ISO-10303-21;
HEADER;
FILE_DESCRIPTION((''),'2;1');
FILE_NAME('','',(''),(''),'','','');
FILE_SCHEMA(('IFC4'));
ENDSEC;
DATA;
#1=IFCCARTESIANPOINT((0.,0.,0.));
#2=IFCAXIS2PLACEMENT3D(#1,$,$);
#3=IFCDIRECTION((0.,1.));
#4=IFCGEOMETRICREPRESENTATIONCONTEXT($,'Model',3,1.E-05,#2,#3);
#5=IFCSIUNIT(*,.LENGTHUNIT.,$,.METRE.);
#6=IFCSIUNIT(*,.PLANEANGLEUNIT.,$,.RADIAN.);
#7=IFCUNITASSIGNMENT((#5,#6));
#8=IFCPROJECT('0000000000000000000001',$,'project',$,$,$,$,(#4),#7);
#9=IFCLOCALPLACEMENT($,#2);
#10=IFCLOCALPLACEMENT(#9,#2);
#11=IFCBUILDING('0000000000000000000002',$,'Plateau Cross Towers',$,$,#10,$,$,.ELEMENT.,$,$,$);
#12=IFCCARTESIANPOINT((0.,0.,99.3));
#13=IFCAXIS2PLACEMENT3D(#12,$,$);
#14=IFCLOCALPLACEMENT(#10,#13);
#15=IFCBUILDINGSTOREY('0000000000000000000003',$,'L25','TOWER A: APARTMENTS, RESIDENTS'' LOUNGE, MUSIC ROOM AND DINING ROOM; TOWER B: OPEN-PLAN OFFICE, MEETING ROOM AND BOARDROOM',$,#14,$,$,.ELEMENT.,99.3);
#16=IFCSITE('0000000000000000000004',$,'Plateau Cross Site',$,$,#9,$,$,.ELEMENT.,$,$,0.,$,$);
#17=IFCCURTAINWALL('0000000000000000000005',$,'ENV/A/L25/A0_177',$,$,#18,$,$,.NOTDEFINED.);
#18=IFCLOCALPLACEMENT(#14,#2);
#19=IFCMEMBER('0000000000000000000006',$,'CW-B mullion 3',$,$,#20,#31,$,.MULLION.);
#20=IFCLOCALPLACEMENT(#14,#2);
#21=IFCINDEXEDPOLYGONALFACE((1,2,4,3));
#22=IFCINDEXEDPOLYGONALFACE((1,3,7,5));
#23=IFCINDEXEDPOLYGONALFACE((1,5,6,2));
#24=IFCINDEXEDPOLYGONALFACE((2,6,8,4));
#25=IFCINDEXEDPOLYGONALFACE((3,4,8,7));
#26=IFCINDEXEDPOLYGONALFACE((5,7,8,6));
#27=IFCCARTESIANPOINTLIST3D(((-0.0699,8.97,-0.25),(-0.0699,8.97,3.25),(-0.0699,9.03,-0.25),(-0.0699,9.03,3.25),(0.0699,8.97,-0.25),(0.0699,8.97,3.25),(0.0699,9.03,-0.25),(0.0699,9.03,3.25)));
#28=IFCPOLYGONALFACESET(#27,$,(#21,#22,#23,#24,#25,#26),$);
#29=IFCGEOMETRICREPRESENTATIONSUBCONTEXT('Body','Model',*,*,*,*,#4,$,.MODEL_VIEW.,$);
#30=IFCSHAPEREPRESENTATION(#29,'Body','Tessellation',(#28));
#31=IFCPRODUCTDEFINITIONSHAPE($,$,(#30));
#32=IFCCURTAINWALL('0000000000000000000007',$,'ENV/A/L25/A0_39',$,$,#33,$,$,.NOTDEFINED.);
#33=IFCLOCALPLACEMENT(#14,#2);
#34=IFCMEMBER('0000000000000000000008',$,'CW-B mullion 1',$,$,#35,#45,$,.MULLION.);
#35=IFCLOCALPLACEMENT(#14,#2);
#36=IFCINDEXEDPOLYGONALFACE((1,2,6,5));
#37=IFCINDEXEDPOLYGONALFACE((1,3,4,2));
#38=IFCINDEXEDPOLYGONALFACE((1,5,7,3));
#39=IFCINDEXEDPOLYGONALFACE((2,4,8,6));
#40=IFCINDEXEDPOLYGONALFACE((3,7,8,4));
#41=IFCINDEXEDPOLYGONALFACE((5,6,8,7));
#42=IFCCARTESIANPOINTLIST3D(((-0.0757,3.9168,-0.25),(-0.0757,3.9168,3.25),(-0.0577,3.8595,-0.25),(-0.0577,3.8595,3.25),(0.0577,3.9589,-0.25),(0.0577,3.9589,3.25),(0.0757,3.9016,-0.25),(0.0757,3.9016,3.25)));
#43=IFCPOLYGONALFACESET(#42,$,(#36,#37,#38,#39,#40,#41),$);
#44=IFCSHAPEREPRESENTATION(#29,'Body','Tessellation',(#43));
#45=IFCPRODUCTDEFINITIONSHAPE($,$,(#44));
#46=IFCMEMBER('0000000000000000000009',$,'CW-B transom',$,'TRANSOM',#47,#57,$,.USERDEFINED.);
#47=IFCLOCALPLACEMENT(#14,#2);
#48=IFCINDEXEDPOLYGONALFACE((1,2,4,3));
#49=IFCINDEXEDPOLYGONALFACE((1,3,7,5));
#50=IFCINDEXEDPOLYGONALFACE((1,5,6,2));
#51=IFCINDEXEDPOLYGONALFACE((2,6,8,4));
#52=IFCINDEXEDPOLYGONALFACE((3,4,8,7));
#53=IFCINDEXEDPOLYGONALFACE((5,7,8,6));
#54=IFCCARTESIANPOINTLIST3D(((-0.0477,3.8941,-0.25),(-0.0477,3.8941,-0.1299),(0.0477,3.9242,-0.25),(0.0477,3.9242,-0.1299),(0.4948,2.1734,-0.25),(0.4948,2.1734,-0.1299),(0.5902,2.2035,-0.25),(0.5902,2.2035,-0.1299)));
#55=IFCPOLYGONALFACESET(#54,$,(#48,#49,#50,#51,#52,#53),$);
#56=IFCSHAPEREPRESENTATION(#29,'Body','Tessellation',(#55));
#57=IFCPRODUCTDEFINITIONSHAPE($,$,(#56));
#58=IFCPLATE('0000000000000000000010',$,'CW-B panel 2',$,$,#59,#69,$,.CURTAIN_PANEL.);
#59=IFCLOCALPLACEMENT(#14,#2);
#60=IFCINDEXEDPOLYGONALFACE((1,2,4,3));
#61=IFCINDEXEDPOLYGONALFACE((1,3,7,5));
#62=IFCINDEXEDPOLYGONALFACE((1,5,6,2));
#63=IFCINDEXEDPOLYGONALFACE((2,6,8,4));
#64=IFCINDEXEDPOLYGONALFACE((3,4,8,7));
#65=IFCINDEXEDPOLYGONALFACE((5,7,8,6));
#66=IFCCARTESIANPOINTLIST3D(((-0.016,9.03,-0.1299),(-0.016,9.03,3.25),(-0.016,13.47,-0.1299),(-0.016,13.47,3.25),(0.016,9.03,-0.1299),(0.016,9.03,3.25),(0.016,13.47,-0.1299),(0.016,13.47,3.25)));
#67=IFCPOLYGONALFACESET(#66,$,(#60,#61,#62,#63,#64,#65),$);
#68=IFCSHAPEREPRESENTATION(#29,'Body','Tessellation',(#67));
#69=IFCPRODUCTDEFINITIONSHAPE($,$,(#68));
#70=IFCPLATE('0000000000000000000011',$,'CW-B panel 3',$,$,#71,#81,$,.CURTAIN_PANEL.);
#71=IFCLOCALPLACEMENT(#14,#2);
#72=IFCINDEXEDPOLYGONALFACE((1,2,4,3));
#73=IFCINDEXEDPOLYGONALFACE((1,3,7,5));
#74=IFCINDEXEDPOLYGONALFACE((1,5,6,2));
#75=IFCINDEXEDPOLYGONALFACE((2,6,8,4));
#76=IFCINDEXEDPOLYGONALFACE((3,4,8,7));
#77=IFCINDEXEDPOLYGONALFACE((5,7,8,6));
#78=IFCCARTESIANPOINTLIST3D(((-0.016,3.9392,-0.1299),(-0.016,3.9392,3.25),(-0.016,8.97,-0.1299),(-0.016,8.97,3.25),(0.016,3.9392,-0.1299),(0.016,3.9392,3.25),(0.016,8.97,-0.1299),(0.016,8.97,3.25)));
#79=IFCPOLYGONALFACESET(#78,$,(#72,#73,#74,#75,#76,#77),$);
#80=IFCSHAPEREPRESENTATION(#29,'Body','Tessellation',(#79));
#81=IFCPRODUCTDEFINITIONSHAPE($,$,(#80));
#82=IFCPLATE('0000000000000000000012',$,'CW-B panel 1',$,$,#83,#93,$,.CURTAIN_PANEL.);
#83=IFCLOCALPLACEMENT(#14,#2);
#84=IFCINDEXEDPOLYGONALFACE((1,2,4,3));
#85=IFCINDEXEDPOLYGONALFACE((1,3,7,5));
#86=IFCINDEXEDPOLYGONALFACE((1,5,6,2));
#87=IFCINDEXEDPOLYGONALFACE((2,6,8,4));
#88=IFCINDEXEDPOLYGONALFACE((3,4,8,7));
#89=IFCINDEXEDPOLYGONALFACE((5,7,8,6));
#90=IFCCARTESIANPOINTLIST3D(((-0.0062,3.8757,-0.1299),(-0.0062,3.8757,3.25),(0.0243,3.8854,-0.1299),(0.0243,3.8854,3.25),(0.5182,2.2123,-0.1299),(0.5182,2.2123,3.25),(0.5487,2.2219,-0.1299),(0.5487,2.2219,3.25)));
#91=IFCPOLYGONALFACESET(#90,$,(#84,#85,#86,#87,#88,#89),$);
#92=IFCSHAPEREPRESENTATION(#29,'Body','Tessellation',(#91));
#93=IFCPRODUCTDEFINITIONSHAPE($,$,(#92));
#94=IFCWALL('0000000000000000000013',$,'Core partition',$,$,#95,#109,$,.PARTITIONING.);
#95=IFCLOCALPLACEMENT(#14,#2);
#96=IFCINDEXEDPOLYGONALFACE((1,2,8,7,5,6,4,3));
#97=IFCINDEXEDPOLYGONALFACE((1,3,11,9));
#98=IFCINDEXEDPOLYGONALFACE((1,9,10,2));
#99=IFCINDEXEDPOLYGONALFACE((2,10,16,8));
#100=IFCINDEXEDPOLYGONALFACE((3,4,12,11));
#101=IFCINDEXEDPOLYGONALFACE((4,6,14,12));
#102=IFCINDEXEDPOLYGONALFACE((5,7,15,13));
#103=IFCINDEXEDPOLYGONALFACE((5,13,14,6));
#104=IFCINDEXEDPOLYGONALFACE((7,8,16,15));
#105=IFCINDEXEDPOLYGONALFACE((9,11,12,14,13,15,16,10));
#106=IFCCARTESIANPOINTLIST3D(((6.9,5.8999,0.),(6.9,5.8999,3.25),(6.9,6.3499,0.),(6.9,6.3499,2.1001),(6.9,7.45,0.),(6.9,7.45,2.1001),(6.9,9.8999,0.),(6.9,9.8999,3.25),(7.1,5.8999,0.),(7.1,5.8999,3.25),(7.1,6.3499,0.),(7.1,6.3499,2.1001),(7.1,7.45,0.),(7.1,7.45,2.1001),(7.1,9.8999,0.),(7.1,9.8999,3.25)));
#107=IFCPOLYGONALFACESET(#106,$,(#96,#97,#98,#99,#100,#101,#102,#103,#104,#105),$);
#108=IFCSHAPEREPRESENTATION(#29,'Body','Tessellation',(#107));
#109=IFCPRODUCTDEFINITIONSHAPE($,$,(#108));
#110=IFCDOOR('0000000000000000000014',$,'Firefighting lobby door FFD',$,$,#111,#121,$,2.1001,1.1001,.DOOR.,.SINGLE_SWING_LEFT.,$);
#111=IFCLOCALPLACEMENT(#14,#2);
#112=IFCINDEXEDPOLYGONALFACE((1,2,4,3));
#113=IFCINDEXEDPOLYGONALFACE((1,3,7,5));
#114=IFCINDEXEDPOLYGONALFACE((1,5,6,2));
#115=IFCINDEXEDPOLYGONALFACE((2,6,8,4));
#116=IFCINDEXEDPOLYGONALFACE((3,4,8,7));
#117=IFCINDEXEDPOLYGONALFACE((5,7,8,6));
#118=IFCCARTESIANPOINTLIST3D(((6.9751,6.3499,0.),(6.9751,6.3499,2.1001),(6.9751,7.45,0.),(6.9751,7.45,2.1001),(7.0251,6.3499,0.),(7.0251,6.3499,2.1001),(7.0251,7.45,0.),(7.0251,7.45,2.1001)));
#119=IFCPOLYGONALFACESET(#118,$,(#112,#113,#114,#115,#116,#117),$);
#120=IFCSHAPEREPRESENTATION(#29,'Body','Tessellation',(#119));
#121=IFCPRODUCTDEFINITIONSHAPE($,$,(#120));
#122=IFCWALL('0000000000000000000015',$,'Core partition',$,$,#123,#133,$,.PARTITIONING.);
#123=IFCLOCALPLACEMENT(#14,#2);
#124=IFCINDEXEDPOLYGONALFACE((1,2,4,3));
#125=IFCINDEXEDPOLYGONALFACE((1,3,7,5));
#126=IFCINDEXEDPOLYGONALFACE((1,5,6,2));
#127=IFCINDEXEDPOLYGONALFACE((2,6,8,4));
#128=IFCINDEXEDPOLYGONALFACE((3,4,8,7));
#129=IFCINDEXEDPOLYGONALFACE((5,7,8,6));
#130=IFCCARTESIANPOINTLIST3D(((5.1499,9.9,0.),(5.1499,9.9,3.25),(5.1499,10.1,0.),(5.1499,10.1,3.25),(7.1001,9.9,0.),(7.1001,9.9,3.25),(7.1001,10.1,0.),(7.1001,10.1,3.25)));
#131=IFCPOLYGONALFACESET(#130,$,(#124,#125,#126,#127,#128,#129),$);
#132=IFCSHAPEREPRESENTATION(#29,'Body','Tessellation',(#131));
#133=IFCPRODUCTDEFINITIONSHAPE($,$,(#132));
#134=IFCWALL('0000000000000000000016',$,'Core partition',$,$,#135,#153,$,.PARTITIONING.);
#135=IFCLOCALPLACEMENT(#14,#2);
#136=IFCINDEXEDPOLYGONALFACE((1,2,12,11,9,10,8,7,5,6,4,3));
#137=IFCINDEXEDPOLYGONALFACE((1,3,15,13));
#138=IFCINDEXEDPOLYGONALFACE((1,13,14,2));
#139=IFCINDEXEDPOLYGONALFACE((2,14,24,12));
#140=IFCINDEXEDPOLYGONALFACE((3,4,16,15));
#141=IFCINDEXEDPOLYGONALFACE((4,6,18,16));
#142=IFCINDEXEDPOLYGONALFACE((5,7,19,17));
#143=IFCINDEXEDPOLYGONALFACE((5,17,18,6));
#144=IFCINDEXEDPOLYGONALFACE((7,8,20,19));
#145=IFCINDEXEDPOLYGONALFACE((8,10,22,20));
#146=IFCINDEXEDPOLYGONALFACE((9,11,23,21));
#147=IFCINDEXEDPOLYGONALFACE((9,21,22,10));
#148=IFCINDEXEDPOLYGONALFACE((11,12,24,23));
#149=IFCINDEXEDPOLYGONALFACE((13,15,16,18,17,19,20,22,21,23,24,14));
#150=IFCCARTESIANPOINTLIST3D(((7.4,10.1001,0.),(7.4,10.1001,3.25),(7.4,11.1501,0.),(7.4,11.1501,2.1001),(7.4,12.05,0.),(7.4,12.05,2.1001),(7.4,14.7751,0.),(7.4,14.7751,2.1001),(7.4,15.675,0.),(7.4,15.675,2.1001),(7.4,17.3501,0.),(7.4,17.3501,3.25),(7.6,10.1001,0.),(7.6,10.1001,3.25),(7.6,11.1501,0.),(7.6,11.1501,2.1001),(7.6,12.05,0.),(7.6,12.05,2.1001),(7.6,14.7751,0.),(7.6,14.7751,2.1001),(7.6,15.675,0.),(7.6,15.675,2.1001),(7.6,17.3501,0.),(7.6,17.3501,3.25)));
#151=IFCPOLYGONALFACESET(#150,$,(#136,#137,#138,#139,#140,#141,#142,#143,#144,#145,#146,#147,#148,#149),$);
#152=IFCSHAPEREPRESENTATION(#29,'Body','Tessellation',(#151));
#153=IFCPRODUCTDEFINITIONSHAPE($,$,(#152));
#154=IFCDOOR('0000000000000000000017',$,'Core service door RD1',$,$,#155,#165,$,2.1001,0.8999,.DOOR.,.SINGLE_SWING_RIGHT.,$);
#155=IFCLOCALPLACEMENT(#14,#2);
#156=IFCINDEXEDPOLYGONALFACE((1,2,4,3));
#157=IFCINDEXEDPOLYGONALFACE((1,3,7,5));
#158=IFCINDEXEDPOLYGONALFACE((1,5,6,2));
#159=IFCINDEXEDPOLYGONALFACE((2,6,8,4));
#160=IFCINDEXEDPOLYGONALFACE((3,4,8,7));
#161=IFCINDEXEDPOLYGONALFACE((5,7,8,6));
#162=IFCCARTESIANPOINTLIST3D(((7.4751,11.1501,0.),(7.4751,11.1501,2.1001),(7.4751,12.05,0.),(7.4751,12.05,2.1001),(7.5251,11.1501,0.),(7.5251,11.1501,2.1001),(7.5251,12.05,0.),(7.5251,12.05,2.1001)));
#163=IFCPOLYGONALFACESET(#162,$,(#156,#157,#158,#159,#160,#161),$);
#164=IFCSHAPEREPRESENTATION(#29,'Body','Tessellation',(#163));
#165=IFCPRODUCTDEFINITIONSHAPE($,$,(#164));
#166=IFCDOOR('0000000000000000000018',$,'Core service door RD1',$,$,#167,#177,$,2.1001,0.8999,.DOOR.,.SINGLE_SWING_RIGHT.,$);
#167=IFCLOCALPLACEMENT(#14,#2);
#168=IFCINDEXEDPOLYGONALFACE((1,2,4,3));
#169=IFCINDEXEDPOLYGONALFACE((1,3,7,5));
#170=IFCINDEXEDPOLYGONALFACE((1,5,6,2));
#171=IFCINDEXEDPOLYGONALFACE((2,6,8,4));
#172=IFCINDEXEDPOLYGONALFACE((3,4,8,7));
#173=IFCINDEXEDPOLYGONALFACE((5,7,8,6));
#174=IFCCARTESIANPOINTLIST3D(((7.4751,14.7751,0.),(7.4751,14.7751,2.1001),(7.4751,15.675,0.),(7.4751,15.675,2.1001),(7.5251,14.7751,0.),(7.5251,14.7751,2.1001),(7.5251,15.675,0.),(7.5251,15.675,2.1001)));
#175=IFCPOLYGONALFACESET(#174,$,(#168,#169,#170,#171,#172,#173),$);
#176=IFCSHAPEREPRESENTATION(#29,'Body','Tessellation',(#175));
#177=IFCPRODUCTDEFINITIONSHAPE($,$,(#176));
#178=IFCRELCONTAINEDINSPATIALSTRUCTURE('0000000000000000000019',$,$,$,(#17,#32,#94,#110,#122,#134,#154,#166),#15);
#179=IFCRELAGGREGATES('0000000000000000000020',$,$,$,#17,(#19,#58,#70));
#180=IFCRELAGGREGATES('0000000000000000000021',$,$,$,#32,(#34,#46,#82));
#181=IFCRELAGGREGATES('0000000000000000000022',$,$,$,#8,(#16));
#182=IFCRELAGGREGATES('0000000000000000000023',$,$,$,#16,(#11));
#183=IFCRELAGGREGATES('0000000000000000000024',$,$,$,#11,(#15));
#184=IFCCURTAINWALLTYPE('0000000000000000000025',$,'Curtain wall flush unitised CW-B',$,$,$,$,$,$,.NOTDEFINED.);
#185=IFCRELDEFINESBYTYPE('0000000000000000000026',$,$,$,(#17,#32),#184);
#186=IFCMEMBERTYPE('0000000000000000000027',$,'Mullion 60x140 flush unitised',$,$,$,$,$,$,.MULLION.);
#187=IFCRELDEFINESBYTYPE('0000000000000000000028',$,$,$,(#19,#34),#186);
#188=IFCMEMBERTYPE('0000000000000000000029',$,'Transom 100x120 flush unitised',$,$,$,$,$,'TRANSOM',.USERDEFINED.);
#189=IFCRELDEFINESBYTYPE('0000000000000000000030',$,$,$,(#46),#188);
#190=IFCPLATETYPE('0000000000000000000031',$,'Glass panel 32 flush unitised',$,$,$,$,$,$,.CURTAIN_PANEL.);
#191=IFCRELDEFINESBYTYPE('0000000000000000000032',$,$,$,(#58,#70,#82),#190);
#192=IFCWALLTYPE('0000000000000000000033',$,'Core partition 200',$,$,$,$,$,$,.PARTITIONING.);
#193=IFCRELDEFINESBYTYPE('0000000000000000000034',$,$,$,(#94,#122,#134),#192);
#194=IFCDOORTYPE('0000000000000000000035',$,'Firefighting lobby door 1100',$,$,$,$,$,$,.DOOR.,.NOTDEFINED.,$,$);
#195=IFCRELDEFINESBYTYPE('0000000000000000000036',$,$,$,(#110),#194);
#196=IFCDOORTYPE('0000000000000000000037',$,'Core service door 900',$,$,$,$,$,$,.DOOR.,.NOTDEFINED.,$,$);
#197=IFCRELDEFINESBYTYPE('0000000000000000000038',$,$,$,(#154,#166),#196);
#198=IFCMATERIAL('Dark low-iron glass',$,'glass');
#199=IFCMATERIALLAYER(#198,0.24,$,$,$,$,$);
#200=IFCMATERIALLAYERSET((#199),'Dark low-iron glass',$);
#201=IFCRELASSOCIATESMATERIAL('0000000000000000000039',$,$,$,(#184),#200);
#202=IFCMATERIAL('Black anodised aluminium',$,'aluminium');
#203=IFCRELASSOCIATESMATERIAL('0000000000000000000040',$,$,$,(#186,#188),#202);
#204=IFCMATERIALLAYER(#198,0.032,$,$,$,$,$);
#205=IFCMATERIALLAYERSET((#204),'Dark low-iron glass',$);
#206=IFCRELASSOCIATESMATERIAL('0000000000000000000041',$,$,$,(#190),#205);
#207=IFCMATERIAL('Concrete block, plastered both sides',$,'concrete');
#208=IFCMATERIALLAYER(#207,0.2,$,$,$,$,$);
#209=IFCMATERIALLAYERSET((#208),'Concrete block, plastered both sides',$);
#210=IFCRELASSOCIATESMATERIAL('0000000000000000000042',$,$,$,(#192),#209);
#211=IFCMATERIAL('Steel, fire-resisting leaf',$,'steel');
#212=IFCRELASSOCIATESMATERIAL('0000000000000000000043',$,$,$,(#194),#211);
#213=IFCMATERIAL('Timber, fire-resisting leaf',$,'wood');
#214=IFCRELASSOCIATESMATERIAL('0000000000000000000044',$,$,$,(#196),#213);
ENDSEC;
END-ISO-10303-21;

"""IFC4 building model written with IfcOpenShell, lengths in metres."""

from ifc_helpers import new_model, si_unit, direction, frame, frame_2d, origin, origin_2d, place, context, subcontext, project, spatial, rectangle, extrude, material, layer, layer_set, material_profile, profile_set, type_object, element, fill, aggregate, save


model = new_model("IFC4")

# Units and contexts
model_context = context("Model", 3, precision=1e-05, world=origin(), true_north=direction((0.0, 1.0)))
body_context = subcontext(model_context, "Body", "Model", "MODEL_VIEW")
ifc_project = project(units=[si_unit("LENGTHUNIT", "METRE"), si_unit("PLANEANGLEUNIT", "RADIAN")], contexts=[model_context])

# Site, building, storey
site_placement = place(None, origin())
site = spatial("IfcSite", under=ifc_project, at=site_placement, Name="Plateau Cross Site", CompositionType="ELEMENT", RefElevation=0.0)
building_placement = place(site_placement, origin())
building = spatial("IfcBuilding", under=site, at=building_placement, Name="Plateau Cross Towers", CompositionType="ELEMENT")
storey_placement = place(building_placement, frame((0.0, 0.0, 99.3)))
storey = spatial("IfcBuildingStorey", under=building, at=storey_placement, Name="L25", Description="TOWER A: APARTMENTS, RESIDENTS' LOUNGE, MUSIC ROOM AND DINING ROOM; TOWER B: OPEN-PLAN OFFICE, MEETING ROOM AND BOARDROOM", CompositionType="ELEMENT", Elevation=99.3)

# Curtain wall, member
ifc_material_1 = material(Name="Dark low-iron glass", Category="glass")
ifc_layer_1 = layer(ifc_material_1, 0.24)
ifc_layer_set_1 = layer_set([ifc_layer_1], Name="Dark low-iron glass")
curtain_wall_type = type_object("IfcCurtainWallType", Name="Curtain wall flush unitised CW-B", PredefinedType="NOTDEFINED", material=ifc_layer_set_1)
curtain_wall_1_placement = place(storey_placement, origin())
curtain_wall_1 = element("IfcCurtainWall", 1, at=curtain_wall_1_placement, inside=storey, type_object=curtain_wall_type, Name="ENV/A/L25/A0_177", PredefinedType="NOTDEFINED")
ifc_material_2 = material(Name="Black anodised aluminium", Category="aluminium")
ifc_material_profile_1 = material_profile(ifc_material_2, rectangle(XDim=0.0601, YDim=0.1399, at=origin_2d()), Name="MULLION 60x140")
ifc_profile_set_1 = profile_set([ifc_material_profile_1], Name="Black anodised aluminium")
member_type_1 = type_object("IfcMemberType", Name="Mullion 60x140 flush unitised", PredefinedType="MULLION", material=ifc_profile_set_1)
member_1_placement = place(storey_placement, frame((0.0, 9.0, -0.25), z_axis=(0.0, 0.0, 1.0), x_axis=(0.0, -1.0, 0.0)))
member_1 = element("IfcMember", 2, at=member_1_placement, type_object=member_type_1, Name="CW-B mullion 3", PredefinedType="MULLION", context=body_context, shape_type="SweptSolid", body=[
    extrude(rectangle(XDim=0.0601, YDim=0.1399, at=origin_2d()), origin(), (0.0, 0.0, 1.0), 3.5),
])

# Curtain wall, members
curtain_wall_2_placement = place(storey_placement, origin())
curtain_wall_2 = element("IfcCurtainWall", 3, at=curtain_wall_2_placement, inside=storey, type_object=curtain_wall_type, Name="ENV/A/L25/A0_39", PredefinedType="NOTDEFINED")
member_2_placement = place(storey_placement, frame((0.0, 3.9092, -0.25), z_axis=(0.0, 0.0, 1.0), x_axis=(0.300686, -0.953723, 0.0)))
member_2 = element("IfcMember", 4, at=member_2_placement, type_object=member_type_1, Name="CW-B mullion 1", PredefinedType="MULLION", context=body_context, shape_type="SweptSolid", body=[
    extrude(rectangle(XDim=0.0601, YDim=0.1399, at=origin_2d()), origin(), (0.0, 0.0, 1.0), 3.5),
])
ifc_material_profile_2 = material_profile(ifc_material_2, rectangle(XDim=0.1001, YDim=0.1201, at=origin_2d()), Name="TRANSOM 100x120")
ifc_profile_set_2 = profile_set([ifc_material_profile_2], Name="Black anodised aluminium")
member_type_2 = type_object("IfcMemberType", Name="Transom 100x120 flush unitised", ElementType="TRANSOM", PredefinedType="USERDEFINED", material=ifc_profile_set_2)
member_3_placement = place(storey_placement, frame((0.0, 3.9092, -0.1899), z_axis=(0.300678, -0.953726, 0.0), x_axis=(0.953726, 0.300678, 0.0)))
member_3 = element("IfcMember", 5, at=member_3_placement, type_object=member_type_2, Name="CW-B transom", ObjectType="TRANSOM", PredefinedType="USERDEFINED", context=body_context, shape_type="SweptSolid", body=[
    extrude(rectangle(XDim=0.1001, YDim=0.1201, at=origin_2d()), origin(), (0.0, 0.0, 1.0), 1.8042),
])

# Plates
ifc_layer_2 = layer(ifc_material_1, 0.032)
ifc_layer_set_2 = layer_set([ifc_layer_2], Name="Dark low-iron glass")
plate_type = type_object("IfcPlateType", Name="Glass panel 32 flush unitised", PredefinedType="CURTAIN_PANEL", material=ifc_layer_set_2)
plate_1_placement = place(storey_placement, frame((0.0, 11.25, -0.1299), z_axis=(0.0, 0.0, 1.0), x_axis=(0.0, -1.0, 0.0)))
plate_1 = element("IfcPlate", 6, at=plate_1_placement, type_object=plate_type, Name="CW-B panel 2", PredefinedType="CURTAIN_PANEL", context=body_context, shape_type="SweptSolid", body=[
    extrude(rectangle(XDim=4.4399, YDim=0.032, at=origin_2d()), origin(), (0.0, 0.0, 1.0), 3.3799),
])
plate_2_placement = place(storey_placement, frame((0.0, 6.4546, -0.1299), z_axis=(0.0, 0.0, 1.0), x_axis=(0.0, -1.0, 0.0)))
plate_2 = element("IfcPlate", 7, at=plate_2_placement, type_object=plate_type, Name="CW-B panel 3", PredefinedType="CURTAIN_PANEL", context=body_context, shape_type="SweptSolid", body=[
    extrude(rectangle(XDim=5.0308, YDim=0.032, at=origin_2d()), origin(), (0.0, 0.0, 1.0), 3.3799),
])
aggregate(curtain_wall_1, [member_1, plate_1, plate_2])
plate_3_placement = place(storey_placement, frame((0.2712, 3.0488, -0.1299), z_axis=(0.0, 0.0, 1.0), x_axis=(0.300686, -0.953723, 0.0)))
plate_3 = element("IfcPlate", 8, at=plate_3_placement, type_object=plate_type, Name="CW-B panel 1", PredefinedType="CURTAIN_PANEL", context=body_context, shape_type="SweptSolid", body=[
    extrude(rectangle(XDim=1.7441, YDim=0.032, at=origin_2d()), origin(), (0.0, 0.0, 1.0), 3.3799),
])
aggregate(curtain_wall_2, [member_2, member_3, plate_3])

# Wall, opening, door
ifc_material_3 = material(Name="Concrete block, plastered both sides", Category="concrete")
ifc_layer_3 = layer(ifc_material_3, 0.2)
ifc_layer_set_3 = layer_set([ifc_layer_3], Name="Concrete block, plastered both sides")
wall_type_1 = type_object("IfcWallType", Name="Core partition 200", PredefinedType="PARTITIONING", material=ifc_layer_set_3)
wall_1_placement = place(storey_placement, frame((7.0, 5.8999, 0.0), z_axis=(0.0, 0.0, 1.0), x_axis=(0.0, 1.0, 0.0)))
wall_1 = element("IfcWall", 9, at=wall_1_placement, inside=storey, type_object=wall_type_1, Name="Core partition", PredefinedType="PARTITIONING", context=body_context, shape_type="SweptSolid", body=[
    extrude(rectangle(XDim=4.0, YDim=0.2, at=frame_2d((2.0, 0.0))), origin(), (0.0, 0.0, 1.0), 3.25),
])
opening_1_placement = place(wall_1_placement, frame((0.45, 0.0, 0.0)))
opening_1 = element("IfcOpeningElement", 10, at=opening_1_placement, cuts=wall_1, PredefinedType="OPENING", context=body_context, shape_type="SweptSolid", body=[
    extrude(rectangle(XDim=1.1001, YDim=2.1001, at=frame_2d((0.55, 1.05))), frame((0.0, 0.1099, 0.0), z_axis=(0.0, -1.0, 0.0), x_axis=(1.0, 0.0, 0.0)), (0.0, 0.0, 1.0), 0.22),
])
ifc_material_4 = material(Name="Steel, fire-resisting leaf", Category="steel")
door_type_1 = type_object("IfcDoorType", Name="Firefighting lobby door 1100", OperationType="NOTDEFINED", PredefinedType="DOOR", material=ifc_material_4)
door_1_placement = place(opening_1_placement, origin())
door_1 = element("IfcDoor", 11, at=door_1_placement, inside=storey, type_object=door_type_1, Name="Firefighting lobby door FFD", OperationType="SINGLE_SWING_LEFT", OverallHeight=2.1001, OverallWidth=1.1001, PredefinedType="DOOR", context=body_context, shape_type="SweptSolid", body=[
    extrude(rectangle(XDim=1.1001, YDim=2.1001, at=frame_2d((0.55, 1.05))), frame((0.0, 0.0249, 0.0), z_axis=(0.0, -1.0, 0.0), x_axis=(1.0, 0.0, 0.0)), (0.0, 0.0, 1.0), 0.05),
])
fill(opening_1, door_1)

# Wall
wall_2_placement = place(storey_placement, frame((5.1499, 10.0, 0.0), z_axis=(0.0, 0.0, 1.0), x_axis=(1.0, 0.0, 0.0)))
element("IfcWall", 12, at=wall_2_placement, inside=storey, type_object=wall_type_1, Name="Core partition", PredefinedType="PARTITIONING", context=body_context, shape_type="SweptSolid", body=[
    extrude(rectangle(XDim=1.9502, YDim=0.2, at=frame_2d((0.9751, 0.0))), origin(), (0.0, 0.0, 1.0), 3.25),
])

# Wall, openings, doors
wall_3_placement = place(storey_placement, frame((7.5, 10.1001, 0.0), z_axis=(0.0, 0.0, 1.0), x_axis=(0.0, 1.0, 0.0)))
wall_3 = element("IfcWall", 13, at=wall_3_placement, inside=storey, type_object=wall_type_1, Name="Core partition", PredefinedType="PARTITIONING", context=body_context, shape_type="SweptSolid", body=[
    extrude(rectangle(XDim=7.25, YDim=0.2, at=frame_2d((3.625, 0.0))), origin(), (0.0, 0.0, 1.0), 3.25),
])
opening_2_placement = place(wall_3_placement, frame((1.05, 0.0, 0.0)))
opening_2 = element("IfcOpeningElement", 14, at=opening_2_placement, cuts=wall_3, PredefinedType="OPENING", context=body_context, shape_type="SweptSolid", body=[
    extrude(rectangle(XDim=0.8999, YDim=2.1001, at=frame_2d((0.45, 1.05))), frame((0.0, 0.1099, 0.0), z_axis=(0.0, -1.0, 0.0), x_axis=(1.0, 0.0, 0.0)), (0.0, 0.0, 1.0), 0.22),
])
opening_3_placement = place(wall_3_placement, frame((4.675, 0.0, 0.0)))
opening_3 = element("IfcOpeningElement", 15, at=opening_3_placement, cuts=wall_3, PredefinedType="OPENING", context=body_context, shape_type="SweptSolid", body=[
    extrude(rectangle(XDim=0.8999, YDim=2.1001, at=frame_2d((0.45, 1.05))), frame((0.0, 0.1099, 0.0), z_axis=(0.0, -1.0, 0.0), x_axis=(1.0, 0.0, 0.0)), (0.0, 0.0, 1.0), 0.22),
])
ifc_material_5 = material(Name="Timber, fire-resisting leaf", Category="wood")
door_type_2 = type_object("IfcDoorType", Name="Core service door 900", OperationType="NOTDEFINED", PredefinedType="DOOR", material=ifc_material_5)
door_2_placement = place(opening_2_placement, origin())
door_2 = element("IfcDoor", 16, at=door_2_placement, inside=storey, type_object=door_type_2, Name="Core service door RD1", OperationType="SINGLE_SWING_RIGHT", OverallHeight=2.1001, OverallWidth=0.8999, PredefinedType="DOOR", context=body_context, shape_type="SweptSolid", body=[
    extrude(rectangle(XDim=0.8999, YDim=2.1001, at=frame_2d((0.45, 1.05))), frame((0.0, 0.0249, 0.0), z_axis=(0.0, -1.0, 0.0), x_axis=(1.0, 0.0, 0.0)), (0.0, 0.0, 1.0), 0.05),
])
fill(opening_2, door_2)
door_3_placement = place(opening_3_placement, origin())
door_3 = element("IfcDoor", 17, at=door_3_placement, inside=storey, type_object=door_type_2, Name="Core service door RD1", OperationType="SINGLE_SWING_RIGHT", OverallHeight=2.1001, OverallWidth=0.8999, PredefinedType="DOOR", context=body_context, shape_type="SweptSolid", body=[
    extrude(rectangle(XDim=0.8999, YDim=2.1001, at=frame_2d((0.45, 1.05))), frame((0.0, 0.0249, 0.0), z_axis=(0.0, -1.0, 0.0), x_axis=(1.0, 0.0, 0.0)), (0.0, 0.0, 1.0), 0.05),
])
fill(opening_3, door_3)

save(model, "model.ifc")
